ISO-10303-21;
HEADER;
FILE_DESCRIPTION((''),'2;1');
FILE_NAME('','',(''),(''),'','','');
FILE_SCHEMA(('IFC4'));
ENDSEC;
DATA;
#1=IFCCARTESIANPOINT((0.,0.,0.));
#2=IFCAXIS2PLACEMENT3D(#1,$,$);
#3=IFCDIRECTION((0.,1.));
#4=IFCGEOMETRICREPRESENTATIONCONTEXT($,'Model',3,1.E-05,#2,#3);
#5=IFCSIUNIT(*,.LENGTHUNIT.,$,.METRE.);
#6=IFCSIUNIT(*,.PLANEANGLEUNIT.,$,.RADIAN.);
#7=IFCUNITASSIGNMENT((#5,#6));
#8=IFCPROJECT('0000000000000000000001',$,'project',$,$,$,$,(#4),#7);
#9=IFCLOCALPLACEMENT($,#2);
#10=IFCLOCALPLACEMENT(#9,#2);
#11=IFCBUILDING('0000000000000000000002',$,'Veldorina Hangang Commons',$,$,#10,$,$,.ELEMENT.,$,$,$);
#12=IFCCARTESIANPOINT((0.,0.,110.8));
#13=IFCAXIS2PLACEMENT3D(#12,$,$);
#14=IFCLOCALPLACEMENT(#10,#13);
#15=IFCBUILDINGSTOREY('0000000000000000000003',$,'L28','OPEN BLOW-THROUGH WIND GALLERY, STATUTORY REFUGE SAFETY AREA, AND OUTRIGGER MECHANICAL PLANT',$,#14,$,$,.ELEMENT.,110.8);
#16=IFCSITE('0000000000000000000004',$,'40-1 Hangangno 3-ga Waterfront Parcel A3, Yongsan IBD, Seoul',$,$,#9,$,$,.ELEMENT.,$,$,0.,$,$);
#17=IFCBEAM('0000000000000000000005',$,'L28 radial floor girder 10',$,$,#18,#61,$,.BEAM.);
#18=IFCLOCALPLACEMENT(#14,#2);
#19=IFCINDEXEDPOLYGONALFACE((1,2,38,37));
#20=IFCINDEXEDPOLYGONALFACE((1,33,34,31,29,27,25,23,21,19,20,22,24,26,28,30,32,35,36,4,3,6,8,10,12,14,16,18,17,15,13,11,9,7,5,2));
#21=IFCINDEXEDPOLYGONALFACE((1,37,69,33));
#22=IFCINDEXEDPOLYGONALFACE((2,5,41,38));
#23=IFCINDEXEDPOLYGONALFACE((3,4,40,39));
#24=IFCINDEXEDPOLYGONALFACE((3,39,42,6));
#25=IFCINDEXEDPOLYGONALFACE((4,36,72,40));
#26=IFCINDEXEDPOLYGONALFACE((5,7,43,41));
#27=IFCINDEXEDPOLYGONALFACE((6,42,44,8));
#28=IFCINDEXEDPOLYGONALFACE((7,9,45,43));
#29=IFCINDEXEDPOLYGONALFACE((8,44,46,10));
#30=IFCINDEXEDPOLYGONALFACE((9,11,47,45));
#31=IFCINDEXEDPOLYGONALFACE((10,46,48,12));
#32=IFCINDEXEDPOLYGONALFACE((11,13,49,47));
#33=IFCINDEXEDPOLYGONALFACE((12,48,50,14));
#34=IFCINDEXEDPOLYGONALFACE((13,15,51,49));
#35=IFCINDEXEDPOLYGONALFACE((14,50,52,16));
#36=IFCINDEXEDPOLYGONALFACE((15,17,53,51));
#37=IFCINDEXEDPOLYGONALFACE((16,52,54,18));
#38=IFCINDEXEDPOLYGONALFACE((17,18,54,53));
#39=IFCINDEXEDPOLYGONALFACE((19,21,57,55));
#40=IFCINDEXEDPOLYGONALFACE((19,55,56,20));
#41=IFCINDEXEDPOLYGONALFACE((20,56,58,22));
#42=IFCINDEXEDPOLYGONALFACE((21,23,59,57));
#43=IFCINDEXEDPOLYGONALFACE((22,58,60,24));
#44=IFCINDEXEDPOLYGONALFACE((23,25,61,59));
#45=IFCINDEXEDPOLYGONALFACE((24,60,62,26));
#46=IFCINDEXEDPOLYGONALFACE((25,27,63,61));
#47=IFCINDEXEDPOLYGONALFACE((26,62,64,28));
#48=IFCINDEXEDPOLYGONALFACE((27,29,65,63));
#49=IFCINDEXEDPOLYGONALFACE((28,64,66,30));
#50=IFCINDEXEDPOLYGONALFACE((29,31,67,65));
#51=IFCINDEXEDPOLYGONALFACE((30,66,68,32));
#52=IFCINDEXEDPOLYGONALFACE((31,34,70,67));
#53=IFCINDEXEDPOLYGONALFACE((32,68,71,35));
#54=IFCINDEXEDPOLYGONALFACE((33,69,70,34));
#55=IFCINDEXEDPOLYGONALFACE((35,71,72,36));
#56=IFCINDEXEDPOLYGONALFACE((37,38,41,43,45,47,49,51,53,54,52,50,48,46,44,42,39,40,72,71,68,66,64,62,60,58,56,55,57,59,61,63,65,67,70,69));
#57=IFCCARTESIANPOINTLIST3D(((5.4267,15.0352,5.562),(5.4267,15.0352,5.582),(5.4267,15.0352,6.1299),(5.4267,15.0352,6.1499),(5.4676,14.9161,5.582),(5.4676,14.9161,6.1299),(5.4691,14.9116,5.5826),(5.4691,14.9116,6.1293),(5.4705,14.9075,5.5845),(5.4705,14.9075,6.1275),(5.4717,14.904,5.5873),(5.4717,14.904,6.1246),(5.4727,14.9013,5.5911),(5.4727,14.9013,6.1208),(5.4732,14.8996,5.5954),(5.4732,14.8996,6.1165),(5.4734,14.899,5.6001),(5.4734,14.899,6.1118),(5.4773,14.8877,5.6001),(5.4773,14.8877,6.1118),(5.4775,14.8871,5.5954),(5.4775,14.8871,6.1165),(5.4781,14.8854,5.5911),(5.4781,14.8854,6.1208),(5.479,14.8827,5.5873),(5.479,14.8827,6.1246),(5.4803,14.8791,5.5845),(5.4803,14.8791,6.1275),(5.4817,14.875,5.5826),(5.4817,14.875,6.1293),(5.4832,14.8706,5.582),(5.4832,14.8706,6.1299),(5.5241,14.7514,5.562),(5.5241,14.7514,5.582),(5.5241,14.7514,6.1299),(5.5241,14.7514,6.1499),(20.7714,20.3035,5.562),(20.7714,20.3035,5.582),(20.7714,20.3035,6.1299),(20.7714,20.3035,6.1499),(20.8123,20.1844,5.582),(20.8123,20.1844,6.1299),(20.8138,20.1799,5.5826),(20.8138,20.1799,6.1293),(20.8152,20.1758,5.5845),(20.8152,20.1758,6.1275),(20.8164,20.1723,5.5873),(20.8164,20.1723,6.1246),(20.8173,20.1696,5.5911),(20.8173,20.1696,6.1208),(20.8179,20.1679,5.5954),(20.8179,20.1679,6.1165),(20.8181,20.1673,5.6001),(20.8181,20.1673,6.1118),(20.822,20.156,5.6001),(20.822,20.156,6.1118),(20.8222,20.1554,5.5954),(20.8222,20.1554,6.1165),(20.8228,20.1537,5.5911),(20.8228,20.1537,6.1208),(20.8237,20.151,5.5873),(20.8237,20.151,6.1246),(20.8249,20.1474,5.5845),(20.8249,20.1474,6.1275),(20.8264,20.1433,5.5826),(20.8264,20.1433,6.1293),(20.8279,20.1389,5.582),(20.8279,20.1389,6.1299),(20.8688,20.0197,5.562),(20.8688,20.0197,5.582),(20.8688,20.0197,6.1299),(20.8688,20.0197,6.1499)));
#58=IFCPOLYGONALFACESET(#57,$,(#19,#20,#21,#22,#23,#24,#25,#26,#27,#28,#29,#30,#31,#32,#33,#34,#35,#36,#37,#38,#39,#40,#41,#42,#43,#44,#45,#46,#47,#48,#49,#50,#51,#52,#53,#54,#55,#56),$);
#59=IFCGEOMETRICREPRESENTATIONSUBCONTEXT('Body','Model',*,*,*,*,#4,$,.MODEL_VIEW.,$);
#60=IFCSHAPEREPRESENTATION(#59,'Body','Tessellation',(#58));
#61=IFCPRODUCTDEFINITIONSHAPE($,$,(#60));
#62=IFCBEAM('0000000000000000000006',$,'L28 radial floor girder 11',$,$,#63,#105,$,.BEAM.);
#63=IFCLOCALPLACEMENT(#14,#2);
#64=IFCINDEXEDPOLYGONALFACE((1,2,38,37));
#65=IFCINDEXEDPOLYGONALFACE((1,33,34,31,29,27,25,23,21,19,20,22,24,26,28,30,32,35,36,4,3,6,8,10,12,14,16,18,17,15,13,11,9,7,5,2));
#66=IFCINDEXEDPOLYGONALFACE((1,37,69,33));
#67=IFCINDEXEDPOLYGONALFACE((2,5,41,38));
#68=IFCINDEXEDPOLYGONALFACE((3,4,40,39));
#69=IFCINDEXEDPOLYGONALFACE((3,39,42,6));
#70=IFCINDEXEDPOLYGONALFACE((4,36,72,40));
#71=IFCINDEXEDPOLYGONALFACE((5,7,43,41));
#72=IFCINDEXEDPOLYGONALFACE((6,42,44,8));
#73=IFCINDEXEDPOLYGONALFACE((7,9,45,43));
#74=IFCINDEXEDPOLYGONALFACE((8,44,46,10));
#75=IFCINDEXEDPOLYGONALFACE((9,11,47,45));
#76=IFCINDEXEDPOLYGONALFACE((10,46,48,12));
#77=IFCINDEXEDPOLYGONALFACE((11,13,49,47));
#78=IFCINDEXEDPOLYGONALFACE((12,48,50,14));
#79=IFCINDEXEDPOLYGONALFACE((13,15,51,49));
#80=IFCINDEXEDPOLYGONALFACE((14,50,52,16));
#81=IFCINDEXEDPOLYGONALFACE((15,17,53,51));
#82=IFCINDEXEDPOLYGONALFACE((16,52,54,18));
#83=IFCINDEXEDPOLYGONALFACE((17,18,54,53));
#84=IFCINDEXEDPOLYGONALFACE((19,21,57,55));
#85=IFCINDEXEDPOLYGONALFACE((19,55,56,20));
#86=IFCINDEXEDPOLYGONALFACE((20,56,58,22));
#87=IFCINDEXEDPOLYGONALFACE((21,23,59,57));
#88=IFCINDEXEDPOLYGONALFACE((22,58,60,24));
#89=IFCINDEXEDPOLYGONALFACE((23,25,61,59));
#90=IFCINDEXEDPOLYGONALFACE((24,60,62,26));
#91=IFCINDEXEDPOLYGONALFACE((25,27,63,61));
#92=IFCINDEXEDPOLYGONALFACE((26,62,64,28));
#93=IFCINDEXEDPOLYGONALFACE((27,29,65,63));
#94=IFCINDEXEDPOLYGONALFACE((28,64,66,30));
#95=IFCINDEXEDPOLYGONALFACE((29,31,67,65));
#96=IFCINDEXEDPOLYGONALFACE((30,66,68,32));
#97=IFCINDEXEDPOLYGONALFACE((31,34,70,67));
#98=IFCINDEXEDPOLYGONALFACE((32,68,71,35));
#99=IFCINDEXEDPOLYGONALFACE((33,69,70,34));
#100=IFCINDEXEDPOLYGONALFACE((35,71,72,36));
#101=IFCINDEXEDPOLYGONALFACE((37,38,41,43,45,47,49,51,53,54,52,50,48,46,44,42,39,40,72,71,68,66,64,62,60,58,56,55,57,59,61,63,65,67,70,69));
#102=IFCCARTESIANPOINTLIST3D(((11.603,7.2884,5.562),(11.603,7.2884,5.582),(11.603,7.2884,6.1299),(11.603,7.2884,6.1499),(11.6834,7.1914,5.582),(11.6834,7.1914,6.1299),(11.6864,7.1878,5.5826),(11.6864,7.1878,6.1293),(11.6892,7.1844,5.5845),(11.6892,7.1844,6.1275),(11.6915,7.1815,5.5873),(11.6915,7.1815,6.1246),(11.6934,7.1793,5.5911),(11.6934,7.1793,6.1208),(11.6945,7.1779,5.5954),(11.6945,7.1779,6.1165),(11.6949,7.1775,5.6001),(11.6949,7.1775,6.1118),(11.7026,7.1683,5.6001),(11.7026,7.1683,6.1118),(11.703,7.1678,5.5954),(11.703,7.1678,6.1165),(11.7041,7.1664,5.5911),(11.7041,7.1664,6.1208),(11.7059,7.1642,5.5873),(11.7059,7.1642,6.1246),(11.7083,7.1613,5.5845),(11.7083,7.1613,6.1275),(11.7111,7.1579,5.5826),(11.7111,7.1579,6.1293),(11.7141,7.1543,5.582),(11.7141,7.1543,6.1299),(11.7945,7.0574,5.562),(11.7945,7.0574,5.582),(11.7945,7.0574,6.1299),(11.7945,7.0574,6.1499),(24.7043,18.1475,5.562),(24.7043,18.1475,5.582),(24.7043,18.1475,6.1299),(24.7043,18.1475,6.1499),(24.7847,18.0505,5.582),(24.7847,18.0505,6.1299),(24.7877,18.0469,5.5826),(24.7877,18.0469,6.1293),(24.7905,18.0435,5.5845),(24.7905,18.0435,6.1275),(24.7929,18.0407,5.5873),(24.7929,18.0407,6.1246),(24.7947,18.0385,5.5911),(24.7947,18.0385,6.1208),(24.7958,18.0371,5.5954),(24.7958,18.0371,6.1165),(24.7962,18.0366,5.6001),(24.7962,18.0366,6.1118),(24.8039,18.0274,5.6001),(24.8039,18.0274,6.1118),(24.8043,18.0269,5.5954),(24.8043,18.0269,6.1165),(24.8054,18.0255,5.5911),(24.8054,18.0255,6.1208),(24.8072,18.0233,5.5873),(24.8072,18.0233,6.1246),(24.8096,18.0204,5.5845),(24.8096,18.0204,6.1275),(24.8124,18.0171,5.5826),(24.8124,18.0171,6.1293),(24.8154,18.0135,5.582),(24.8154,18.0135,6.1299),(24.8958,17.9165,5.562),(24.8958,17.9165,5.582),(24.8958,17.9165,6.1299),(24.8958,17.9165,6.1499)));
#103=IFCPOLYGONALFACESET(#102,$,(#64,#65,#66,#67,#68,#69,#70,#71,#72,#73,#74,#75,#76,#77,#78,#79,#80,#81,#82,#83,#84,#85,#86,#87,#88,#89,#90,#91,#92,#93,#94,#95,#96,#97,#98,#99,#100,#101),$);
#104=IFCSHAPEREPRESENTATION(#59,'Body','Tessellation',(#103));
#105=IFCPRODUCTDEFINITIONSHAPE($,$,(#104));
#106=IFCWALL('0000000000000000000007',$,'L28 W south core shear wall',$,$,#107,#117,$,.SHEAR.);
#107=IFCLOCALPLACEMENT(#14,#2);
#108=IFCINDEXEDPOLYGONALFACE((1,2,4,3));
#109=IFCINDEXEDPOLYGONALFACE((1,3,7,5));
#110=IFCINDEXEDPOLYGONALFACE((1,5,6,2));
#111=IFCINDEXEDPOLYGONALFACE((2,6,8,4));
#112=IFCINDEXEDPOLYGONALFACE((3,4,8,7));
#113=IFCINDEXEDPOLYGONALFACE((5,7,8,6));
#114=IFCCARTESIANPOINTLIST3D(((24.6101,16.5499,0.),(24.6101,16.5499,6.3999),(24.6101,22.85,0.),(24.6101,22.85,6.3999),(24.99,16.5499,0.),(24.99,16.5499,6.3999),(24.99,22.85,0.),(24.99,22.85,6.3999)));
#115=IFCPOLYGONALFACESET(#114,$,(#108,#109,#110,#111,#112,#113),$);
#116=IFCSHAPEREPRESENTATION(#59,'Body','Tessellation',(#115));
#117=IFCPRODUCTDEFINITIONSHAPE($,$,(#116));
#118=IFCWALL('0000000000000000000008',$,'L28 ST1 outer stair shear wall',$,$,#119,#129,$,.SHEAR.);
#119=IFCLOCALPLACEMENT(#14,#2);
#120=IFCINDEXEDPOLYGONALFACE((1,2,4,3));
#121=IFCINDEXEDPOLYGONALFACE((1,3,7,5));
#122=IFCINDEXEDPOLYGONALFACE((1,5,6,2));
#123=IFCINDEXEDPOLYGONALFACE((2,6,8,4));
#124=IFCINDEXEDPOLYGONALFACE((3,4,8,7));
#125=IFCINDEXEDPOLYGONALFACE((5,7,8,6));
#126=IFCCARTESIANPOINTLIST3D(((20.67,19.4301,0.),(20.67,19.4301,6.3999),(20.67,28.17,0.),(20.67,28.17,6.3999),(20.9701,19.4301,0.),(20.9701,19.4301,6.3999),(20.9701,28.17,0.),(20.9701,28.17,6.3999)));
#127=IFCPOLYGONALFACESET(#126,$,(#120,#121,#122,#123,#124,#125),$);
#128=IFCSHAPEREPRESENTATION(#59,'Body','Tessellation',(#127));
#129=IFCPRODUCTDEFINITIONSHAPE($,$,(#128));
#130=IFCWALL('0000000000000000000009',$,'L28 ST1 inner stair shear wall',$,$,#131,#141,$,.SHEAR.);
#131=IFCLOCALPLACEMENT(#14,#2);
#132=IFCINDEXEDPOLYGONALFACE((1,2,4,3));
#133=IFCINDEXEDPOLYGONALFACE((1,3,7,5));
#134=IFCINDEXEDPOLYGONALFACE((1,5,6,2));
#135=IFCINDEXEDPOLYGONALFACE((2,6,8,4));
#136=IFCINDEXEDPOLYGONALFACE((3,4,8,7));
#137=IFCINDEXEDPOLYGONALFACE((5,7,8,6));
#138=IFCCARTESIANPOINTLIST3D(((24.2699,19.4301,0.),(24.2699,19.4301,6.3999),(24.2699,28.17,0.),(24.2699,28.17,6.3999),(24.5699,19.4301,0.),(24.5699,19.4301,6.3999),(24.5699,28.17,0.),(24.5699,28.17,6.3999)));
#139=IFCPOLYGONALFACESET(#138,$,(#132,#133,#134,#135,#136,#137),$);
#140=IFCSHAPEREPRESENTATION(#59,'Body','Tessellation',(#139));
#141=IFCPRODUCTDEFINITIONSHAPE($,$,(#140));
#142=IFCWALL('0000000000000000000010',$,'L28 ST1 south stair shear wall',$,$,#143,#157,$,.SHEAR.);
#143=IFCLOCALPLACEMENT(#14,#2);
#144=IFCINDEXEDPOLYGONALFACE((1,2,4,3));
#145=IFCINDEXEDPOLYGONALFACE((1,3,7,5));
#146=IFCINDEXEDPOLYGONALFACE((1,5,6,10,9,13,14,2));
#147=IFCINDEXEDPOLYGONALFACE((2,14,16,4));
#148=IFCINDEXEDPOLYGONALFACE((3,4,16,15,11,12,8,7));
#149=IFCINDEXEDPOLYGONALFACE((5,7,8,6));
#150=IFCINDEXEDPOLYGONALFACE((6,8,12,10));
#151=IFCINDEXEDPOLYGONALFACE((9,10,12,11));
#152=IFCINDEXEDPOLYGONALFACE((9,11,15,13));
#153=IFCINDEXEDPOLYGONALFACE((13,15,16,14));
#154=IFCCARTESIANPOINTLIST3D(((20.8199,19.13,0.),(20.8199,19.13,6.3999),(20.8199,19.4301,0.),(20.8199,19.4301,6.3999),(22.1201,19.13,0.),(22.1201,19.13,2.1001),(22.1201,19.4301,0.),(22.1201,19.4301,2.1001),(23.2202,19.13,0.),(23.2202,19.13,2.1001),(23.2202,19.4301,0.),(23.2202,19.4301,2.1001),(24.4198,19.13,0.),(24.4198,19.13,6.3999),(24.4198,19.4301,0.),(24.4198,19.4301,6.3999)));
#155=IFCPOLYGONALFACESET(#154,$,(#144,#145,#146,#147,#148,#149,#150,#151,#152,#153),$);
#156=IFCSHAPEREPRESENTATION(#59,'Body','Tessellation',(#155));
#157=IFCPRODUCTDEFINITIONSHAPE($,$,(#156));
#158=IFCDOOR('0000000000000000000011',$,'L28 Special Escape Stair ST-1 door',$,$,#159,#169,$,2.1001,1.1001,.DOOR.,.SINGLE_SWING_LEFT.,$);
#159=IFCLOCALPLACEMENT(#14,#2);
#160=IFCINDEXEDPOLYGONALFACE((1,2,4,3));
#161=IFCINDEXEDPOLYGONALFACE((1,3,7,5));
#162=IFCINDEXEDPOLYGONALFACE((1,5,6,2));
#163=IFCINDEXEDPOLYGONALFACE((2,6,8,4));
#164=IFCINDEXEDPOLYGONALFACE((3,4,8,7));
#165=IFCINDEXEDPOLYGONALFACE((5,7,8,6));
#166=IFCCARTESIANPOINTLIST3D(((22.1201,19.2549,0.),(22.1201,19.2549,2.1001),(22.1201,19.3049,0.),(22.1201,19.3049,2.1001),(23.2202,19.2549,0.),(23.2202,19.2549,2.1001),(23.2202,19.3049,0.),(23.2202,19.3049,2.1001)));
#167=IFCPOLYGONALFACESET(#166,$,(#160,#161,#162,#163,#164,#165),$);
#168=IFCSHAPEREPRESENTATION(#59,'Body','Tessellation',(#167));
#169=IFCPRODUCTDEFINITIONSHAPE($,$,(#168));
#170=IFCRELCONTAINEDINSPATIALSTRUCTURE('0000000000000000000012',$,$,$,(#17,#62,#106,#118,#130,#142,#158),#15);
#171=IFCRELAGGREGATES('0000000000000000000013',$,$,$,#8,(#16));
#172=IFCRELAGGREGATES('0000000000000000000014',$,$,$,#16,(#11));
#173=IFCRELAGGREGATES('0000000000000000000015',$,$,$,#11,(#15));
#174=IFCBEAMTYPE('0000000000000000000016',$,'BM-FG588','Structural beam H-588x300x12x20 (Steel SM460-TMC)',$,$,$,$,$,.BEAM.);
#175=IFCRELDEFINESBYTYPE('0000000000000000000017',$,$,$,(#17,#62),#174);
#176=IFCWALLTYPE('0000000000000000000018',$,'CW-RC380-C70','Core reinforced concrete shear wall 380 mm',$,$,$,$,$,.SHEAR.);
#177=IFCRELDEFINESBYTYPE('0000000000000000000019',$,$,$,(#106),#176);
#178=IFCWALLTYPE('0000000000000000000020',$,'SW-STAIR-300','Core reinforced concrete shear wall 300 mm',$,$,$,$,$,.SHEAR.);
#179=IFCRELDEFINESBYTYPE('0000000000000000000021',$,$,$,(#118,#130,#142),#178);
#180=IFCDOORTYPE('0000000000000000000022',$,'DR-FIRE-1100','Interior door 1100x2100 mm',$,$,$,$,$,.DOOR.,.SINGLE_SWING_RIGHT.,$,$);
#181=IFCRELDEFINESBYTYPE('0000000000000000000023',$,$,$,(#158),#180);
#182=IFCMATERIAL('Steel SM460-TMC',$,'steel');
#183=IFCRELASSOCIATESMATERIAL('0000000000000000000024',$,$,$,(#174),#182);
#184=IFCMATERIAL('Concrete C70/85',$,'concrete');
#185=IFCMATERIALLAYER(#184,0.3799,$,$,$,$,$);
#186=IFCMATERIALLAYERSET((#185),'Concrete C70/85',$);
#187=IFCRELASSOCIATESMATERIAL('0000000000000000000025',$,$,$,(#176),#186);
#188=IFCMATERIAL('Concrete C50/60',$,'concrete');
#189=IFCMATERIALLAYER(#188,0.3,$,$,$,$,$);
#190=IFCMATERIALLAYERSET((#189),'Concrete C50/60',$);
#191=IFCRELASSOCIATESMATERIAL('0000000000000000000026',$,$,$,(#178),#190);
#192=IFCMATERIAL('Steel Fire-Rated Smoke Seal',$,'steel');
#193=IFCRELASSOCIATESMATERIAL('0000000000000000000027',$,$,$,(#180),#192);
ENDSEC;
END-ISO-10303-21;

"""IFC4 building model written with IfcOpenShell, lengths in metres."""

from ifc_helpers import new_model, si_unit, direction, frame, frame_2d, origin, origin_2d, place, context, subcontext, project, spatial, rectangle, i_section, extrude, material, layer, layer_set, material_profile, profile_set, type_object, element, fill, save


model = new_model("IFC4")

# Units and contexts
model_context = context("Model", 3, precision=1e-05, world=origin(), true_north=direction((0.0, 1.0)))
body_context = subcontext(model_context, "Body", "Model", "MODEL_VIEW")
ifc_project = project(units=[si_unit("LENGTHUNIT", "METRE"), si_unit("PLANEANGLEUNIT", "RADIAN")], contexts=[model_context])

# Site, building, storey
site_placement = place(None, origin())
site = spatial("IfcSite", under=ifc_project, at=site_placement, Name="40-1 Hangangno 3-ga Waterfront Parcel A3, Yongsan IBD, Seoul", CompositionType="ELEMENT", RefElevation=0.0)
building_placement = place(site_placement, origin())
building = spatial("IfcBuilding", under=site, at=building_placement, Name="Veldorina Hangang Commons", CompositionType="ELEMENT")
storey_placement = place(building_placement, frame((0.0, 0.0, 110.8)))
storey = spatial("IfcBuildingStorey", under=building, at=storey_placement, Name="L28", Description="OPEN BLOW-THROUGH WIND GALLERY, STATUTORY REFUGE SAFETY AREA, AND OUTRIGGER MECHANICAL PLANT", CompositionType="ELEMENT", Elevation=110.8)

# Beams
ifc_material_1 = material(Name="Steel SM460-TMC", Category="steel")
ifc_material_profile = material_profile(ifc_material_1, i_section(OverallWidth=0.3, OverallDepth=0.5879, WebThickness=0.012, FlangeThickness=0.02, FilletRadius=0.0181, at=origin_2d()), Name="H-588x300x12x20")
ifc_profile_set = profile_set([ifc_material_profile], Name="Steel SM460-TMC")
beam_type = type_object("IfcBeamType", Name="BM-FG588", Description="Structural beam H-588x300x12x20 (Steel SM460-TMC)", PredefinedType="BEAM", material=ifc_profile_set)
beam_1_placement = place(storey_placement, frame((20.8201, 20.1616, 5.856), z_axis=(-0.945809, -0.324725, 0.0), x_axis=(0.324725, -0.945809, 0.0)))
element("IfcBeam", 1, at=beam_1_placement, inside=storey, type_object=beam_type, Name="L28 radial floor girder 10", PredefinedType="BEAM", context=body_context, shape_type="SweptSolid", body=[
    extrude(i_section(OverallWidth=0.3, OverallDepth=0.5879, WebThickness=0.012, FlangeThickness=0.02, FilletRadius=0.0181, at=origin_2d()), origin(), (0.0, 0.0, 1.0), 16.2239),
])
beam_2_placement = place(storey_placement, frame((24.8, 18.032, 5.856), z_axis=(-0.769913, -0.638149, 0.0), x_axis=(0.638149, -0.769913, 0.0)))
element("IfcBeam", 2, at=beam_2_placement, inside=storey, type_object=beam_type, Name="L28 radial floor girder 11", PredefinedType="BEAM", context=body_context, shape_type="SweptSolid", body=[
    extrude(i_section(OverallWidth=0.3, OverallDepth=0.5879, WebThickness=0.012, FlangeThickness=0.02, FilletRadius=0.0181, at=origin_2d()), origin(), (0.0, 0.0, 1.0), 17.0166),
])

# Walls
ifc_material_2 = material(Name="Concrete C70/85", Category="concrete")
ifc_layer_1 = layer(ifc_material_2, 0.3799)
ifc_layer_set_1 = layer_set([ifc_layer_1], Name="Concrete C70/85")
wall_type_1 = type_object("IfcWallType", Name="CW-RC380-C70", Description="Core reinforced concrete shear wall 380 mm", PredefinedType="SHEAR", material=ifc_layer_set_1)
wall_1_placement = place(storey_placement, frame((24.8, 16.55, 0.0), z_axis=(0.0, 0.0, 1.0), x_axis=(0.0, 1.0, 0.0)))
element("IfcWall", 3, at=wall_1_placement, inside=storey, type_object=wall_type_1, Name="L28 W south core shear wall", PredefinedType="SHEAR", context=body_context, shape_type="SweptSolid", body=[
    extrude(rectangle(XDim=6.3, YDim=0.3799, at=frame_2d((3.1499, 0.0))), origin(), (0.0, 0.0, 1.0), 6.3999),
])
ifc_material_3 = material(Name="Concrete C50/60", Category="concrete")
ifc_layer_2 = layer(ifc_material_3, 0.3)
ifc_layer_set_2 = layer_set([ifc_layer_2], Name="Concrete C50/60")
wall_type_2 = type_object("IfcWallType", Name="SW-STAIR-300", Description="Core reinforced concrete shear wall 300 mm", PredefinedType="SHEAR", material=ifc_layer_set_2)
for number, where, z_axis, x_axis, name in (
    (4, (20.8201, 19.4299, 0.0), (0.0, 0.0, 1.0), (0.0, 1.0, 0.0), "L28 ST1 outer stair shear wall"),
    (5, (24.4199, 19.4299, 0.0), (0.0, 0.0, 1.0), (0.0, 1.0, 0.0), "L28 ST1 inner stair shear wall"),
):
    element("IfcWall", number, at=place(storey_placement, frame(where, z_axis=z_axis, x_axis=x_axis)), inside=storey, type_object=wall_type_2, Name=name, PredefinedType="SHEAR", context=body_context, shape_type="SweptSolid", body=[
        extrude(rectangle(XDim=8.74, YDim=0.3, at=frame_2d((4.3701, 0.0))), origin(), (0.0, 0.0, 1.0), 6.3999),
    ])

# Wall, opening, door
wall_2_placement = place(storey_placement, frame((20.8201, 19.28, 0.0), z_axis=(0.0, 0.0, 1.0), x_axis=(1.0, 0.0, 0.0)))
wall_2 = element("IfcWall", 6, at=wall_2_placement, inside=storey, type_object=wall_type_2, Name="L28 ST1 south stair shear wall", PredefinedType="SHEAR", context=body_context, shape_type="SweptSolid", body=[
    extrude(rectangle(XDim=3.5999, YDim=0.3, at=frame_2d((1.7998, 0.0))), origin(), (0.0, 0.0, 1.0), 6.3999),
])
opening_1_placement = place(wall_2_placement, frame((1.3, 0.0, 0.0)))
opening_1 = element("IfcOpeningElement", 7, at=opening_1_placement, cuts=wall_2, PredefinedType="OPENING", context=body_context, shape_type="SweptSolid", body=[
    extrude(rectangle(XDim=1.1001, YDim=2.1001, at=frame_2d((0.55, 1.05))), frame((0.0, 0.1602, 0.0), z_axis=(0.0, -1.0, 0.0), x_axis=(1.0, 0.0, 0.0)), (0.0, 0.0, 1.0), 0.3201),
])
ifc_material_4 = material(Name="Steel Fire-Rated Smoke Seal", Category="steel")
door_type = type_object("IfcDoorType", Name="DR-FIRE-1100", Description="Interior door 1100x2100 mm", OperationType="SINGLE_SWING_RIGHT", PredefinedType="DOOR", material=ifc_material_4)
door_1_placement = place(opening_1_placement, origin())
door_1 = element("IfcDoor", 8, at=door_1_placement, inside=storey, type_object=door_type, Name="L28 Special Escape Stair ST-1 door", OperationType="SINGLE_SWING_LEFT", OverallHeight=2.1001, OverallWidth=1.1001, PredefinedType="DOOR", context=body_context, shape_type="SweptSolid", body=[
    extrude(rectangle(XDim=1.1001, YDim=2.1001, at=frame_2d((0.55, 1.05))), frame((0.0, 0.0249, 0.0), z_axis=(0.0, -1.0, 0.0), x_axis=(1.0, 0.0, 0.0)), (0.0, 0.0, 1.0), 0.05),
])
fill(opening_1, door_1)

save(model, "model.ifc")
